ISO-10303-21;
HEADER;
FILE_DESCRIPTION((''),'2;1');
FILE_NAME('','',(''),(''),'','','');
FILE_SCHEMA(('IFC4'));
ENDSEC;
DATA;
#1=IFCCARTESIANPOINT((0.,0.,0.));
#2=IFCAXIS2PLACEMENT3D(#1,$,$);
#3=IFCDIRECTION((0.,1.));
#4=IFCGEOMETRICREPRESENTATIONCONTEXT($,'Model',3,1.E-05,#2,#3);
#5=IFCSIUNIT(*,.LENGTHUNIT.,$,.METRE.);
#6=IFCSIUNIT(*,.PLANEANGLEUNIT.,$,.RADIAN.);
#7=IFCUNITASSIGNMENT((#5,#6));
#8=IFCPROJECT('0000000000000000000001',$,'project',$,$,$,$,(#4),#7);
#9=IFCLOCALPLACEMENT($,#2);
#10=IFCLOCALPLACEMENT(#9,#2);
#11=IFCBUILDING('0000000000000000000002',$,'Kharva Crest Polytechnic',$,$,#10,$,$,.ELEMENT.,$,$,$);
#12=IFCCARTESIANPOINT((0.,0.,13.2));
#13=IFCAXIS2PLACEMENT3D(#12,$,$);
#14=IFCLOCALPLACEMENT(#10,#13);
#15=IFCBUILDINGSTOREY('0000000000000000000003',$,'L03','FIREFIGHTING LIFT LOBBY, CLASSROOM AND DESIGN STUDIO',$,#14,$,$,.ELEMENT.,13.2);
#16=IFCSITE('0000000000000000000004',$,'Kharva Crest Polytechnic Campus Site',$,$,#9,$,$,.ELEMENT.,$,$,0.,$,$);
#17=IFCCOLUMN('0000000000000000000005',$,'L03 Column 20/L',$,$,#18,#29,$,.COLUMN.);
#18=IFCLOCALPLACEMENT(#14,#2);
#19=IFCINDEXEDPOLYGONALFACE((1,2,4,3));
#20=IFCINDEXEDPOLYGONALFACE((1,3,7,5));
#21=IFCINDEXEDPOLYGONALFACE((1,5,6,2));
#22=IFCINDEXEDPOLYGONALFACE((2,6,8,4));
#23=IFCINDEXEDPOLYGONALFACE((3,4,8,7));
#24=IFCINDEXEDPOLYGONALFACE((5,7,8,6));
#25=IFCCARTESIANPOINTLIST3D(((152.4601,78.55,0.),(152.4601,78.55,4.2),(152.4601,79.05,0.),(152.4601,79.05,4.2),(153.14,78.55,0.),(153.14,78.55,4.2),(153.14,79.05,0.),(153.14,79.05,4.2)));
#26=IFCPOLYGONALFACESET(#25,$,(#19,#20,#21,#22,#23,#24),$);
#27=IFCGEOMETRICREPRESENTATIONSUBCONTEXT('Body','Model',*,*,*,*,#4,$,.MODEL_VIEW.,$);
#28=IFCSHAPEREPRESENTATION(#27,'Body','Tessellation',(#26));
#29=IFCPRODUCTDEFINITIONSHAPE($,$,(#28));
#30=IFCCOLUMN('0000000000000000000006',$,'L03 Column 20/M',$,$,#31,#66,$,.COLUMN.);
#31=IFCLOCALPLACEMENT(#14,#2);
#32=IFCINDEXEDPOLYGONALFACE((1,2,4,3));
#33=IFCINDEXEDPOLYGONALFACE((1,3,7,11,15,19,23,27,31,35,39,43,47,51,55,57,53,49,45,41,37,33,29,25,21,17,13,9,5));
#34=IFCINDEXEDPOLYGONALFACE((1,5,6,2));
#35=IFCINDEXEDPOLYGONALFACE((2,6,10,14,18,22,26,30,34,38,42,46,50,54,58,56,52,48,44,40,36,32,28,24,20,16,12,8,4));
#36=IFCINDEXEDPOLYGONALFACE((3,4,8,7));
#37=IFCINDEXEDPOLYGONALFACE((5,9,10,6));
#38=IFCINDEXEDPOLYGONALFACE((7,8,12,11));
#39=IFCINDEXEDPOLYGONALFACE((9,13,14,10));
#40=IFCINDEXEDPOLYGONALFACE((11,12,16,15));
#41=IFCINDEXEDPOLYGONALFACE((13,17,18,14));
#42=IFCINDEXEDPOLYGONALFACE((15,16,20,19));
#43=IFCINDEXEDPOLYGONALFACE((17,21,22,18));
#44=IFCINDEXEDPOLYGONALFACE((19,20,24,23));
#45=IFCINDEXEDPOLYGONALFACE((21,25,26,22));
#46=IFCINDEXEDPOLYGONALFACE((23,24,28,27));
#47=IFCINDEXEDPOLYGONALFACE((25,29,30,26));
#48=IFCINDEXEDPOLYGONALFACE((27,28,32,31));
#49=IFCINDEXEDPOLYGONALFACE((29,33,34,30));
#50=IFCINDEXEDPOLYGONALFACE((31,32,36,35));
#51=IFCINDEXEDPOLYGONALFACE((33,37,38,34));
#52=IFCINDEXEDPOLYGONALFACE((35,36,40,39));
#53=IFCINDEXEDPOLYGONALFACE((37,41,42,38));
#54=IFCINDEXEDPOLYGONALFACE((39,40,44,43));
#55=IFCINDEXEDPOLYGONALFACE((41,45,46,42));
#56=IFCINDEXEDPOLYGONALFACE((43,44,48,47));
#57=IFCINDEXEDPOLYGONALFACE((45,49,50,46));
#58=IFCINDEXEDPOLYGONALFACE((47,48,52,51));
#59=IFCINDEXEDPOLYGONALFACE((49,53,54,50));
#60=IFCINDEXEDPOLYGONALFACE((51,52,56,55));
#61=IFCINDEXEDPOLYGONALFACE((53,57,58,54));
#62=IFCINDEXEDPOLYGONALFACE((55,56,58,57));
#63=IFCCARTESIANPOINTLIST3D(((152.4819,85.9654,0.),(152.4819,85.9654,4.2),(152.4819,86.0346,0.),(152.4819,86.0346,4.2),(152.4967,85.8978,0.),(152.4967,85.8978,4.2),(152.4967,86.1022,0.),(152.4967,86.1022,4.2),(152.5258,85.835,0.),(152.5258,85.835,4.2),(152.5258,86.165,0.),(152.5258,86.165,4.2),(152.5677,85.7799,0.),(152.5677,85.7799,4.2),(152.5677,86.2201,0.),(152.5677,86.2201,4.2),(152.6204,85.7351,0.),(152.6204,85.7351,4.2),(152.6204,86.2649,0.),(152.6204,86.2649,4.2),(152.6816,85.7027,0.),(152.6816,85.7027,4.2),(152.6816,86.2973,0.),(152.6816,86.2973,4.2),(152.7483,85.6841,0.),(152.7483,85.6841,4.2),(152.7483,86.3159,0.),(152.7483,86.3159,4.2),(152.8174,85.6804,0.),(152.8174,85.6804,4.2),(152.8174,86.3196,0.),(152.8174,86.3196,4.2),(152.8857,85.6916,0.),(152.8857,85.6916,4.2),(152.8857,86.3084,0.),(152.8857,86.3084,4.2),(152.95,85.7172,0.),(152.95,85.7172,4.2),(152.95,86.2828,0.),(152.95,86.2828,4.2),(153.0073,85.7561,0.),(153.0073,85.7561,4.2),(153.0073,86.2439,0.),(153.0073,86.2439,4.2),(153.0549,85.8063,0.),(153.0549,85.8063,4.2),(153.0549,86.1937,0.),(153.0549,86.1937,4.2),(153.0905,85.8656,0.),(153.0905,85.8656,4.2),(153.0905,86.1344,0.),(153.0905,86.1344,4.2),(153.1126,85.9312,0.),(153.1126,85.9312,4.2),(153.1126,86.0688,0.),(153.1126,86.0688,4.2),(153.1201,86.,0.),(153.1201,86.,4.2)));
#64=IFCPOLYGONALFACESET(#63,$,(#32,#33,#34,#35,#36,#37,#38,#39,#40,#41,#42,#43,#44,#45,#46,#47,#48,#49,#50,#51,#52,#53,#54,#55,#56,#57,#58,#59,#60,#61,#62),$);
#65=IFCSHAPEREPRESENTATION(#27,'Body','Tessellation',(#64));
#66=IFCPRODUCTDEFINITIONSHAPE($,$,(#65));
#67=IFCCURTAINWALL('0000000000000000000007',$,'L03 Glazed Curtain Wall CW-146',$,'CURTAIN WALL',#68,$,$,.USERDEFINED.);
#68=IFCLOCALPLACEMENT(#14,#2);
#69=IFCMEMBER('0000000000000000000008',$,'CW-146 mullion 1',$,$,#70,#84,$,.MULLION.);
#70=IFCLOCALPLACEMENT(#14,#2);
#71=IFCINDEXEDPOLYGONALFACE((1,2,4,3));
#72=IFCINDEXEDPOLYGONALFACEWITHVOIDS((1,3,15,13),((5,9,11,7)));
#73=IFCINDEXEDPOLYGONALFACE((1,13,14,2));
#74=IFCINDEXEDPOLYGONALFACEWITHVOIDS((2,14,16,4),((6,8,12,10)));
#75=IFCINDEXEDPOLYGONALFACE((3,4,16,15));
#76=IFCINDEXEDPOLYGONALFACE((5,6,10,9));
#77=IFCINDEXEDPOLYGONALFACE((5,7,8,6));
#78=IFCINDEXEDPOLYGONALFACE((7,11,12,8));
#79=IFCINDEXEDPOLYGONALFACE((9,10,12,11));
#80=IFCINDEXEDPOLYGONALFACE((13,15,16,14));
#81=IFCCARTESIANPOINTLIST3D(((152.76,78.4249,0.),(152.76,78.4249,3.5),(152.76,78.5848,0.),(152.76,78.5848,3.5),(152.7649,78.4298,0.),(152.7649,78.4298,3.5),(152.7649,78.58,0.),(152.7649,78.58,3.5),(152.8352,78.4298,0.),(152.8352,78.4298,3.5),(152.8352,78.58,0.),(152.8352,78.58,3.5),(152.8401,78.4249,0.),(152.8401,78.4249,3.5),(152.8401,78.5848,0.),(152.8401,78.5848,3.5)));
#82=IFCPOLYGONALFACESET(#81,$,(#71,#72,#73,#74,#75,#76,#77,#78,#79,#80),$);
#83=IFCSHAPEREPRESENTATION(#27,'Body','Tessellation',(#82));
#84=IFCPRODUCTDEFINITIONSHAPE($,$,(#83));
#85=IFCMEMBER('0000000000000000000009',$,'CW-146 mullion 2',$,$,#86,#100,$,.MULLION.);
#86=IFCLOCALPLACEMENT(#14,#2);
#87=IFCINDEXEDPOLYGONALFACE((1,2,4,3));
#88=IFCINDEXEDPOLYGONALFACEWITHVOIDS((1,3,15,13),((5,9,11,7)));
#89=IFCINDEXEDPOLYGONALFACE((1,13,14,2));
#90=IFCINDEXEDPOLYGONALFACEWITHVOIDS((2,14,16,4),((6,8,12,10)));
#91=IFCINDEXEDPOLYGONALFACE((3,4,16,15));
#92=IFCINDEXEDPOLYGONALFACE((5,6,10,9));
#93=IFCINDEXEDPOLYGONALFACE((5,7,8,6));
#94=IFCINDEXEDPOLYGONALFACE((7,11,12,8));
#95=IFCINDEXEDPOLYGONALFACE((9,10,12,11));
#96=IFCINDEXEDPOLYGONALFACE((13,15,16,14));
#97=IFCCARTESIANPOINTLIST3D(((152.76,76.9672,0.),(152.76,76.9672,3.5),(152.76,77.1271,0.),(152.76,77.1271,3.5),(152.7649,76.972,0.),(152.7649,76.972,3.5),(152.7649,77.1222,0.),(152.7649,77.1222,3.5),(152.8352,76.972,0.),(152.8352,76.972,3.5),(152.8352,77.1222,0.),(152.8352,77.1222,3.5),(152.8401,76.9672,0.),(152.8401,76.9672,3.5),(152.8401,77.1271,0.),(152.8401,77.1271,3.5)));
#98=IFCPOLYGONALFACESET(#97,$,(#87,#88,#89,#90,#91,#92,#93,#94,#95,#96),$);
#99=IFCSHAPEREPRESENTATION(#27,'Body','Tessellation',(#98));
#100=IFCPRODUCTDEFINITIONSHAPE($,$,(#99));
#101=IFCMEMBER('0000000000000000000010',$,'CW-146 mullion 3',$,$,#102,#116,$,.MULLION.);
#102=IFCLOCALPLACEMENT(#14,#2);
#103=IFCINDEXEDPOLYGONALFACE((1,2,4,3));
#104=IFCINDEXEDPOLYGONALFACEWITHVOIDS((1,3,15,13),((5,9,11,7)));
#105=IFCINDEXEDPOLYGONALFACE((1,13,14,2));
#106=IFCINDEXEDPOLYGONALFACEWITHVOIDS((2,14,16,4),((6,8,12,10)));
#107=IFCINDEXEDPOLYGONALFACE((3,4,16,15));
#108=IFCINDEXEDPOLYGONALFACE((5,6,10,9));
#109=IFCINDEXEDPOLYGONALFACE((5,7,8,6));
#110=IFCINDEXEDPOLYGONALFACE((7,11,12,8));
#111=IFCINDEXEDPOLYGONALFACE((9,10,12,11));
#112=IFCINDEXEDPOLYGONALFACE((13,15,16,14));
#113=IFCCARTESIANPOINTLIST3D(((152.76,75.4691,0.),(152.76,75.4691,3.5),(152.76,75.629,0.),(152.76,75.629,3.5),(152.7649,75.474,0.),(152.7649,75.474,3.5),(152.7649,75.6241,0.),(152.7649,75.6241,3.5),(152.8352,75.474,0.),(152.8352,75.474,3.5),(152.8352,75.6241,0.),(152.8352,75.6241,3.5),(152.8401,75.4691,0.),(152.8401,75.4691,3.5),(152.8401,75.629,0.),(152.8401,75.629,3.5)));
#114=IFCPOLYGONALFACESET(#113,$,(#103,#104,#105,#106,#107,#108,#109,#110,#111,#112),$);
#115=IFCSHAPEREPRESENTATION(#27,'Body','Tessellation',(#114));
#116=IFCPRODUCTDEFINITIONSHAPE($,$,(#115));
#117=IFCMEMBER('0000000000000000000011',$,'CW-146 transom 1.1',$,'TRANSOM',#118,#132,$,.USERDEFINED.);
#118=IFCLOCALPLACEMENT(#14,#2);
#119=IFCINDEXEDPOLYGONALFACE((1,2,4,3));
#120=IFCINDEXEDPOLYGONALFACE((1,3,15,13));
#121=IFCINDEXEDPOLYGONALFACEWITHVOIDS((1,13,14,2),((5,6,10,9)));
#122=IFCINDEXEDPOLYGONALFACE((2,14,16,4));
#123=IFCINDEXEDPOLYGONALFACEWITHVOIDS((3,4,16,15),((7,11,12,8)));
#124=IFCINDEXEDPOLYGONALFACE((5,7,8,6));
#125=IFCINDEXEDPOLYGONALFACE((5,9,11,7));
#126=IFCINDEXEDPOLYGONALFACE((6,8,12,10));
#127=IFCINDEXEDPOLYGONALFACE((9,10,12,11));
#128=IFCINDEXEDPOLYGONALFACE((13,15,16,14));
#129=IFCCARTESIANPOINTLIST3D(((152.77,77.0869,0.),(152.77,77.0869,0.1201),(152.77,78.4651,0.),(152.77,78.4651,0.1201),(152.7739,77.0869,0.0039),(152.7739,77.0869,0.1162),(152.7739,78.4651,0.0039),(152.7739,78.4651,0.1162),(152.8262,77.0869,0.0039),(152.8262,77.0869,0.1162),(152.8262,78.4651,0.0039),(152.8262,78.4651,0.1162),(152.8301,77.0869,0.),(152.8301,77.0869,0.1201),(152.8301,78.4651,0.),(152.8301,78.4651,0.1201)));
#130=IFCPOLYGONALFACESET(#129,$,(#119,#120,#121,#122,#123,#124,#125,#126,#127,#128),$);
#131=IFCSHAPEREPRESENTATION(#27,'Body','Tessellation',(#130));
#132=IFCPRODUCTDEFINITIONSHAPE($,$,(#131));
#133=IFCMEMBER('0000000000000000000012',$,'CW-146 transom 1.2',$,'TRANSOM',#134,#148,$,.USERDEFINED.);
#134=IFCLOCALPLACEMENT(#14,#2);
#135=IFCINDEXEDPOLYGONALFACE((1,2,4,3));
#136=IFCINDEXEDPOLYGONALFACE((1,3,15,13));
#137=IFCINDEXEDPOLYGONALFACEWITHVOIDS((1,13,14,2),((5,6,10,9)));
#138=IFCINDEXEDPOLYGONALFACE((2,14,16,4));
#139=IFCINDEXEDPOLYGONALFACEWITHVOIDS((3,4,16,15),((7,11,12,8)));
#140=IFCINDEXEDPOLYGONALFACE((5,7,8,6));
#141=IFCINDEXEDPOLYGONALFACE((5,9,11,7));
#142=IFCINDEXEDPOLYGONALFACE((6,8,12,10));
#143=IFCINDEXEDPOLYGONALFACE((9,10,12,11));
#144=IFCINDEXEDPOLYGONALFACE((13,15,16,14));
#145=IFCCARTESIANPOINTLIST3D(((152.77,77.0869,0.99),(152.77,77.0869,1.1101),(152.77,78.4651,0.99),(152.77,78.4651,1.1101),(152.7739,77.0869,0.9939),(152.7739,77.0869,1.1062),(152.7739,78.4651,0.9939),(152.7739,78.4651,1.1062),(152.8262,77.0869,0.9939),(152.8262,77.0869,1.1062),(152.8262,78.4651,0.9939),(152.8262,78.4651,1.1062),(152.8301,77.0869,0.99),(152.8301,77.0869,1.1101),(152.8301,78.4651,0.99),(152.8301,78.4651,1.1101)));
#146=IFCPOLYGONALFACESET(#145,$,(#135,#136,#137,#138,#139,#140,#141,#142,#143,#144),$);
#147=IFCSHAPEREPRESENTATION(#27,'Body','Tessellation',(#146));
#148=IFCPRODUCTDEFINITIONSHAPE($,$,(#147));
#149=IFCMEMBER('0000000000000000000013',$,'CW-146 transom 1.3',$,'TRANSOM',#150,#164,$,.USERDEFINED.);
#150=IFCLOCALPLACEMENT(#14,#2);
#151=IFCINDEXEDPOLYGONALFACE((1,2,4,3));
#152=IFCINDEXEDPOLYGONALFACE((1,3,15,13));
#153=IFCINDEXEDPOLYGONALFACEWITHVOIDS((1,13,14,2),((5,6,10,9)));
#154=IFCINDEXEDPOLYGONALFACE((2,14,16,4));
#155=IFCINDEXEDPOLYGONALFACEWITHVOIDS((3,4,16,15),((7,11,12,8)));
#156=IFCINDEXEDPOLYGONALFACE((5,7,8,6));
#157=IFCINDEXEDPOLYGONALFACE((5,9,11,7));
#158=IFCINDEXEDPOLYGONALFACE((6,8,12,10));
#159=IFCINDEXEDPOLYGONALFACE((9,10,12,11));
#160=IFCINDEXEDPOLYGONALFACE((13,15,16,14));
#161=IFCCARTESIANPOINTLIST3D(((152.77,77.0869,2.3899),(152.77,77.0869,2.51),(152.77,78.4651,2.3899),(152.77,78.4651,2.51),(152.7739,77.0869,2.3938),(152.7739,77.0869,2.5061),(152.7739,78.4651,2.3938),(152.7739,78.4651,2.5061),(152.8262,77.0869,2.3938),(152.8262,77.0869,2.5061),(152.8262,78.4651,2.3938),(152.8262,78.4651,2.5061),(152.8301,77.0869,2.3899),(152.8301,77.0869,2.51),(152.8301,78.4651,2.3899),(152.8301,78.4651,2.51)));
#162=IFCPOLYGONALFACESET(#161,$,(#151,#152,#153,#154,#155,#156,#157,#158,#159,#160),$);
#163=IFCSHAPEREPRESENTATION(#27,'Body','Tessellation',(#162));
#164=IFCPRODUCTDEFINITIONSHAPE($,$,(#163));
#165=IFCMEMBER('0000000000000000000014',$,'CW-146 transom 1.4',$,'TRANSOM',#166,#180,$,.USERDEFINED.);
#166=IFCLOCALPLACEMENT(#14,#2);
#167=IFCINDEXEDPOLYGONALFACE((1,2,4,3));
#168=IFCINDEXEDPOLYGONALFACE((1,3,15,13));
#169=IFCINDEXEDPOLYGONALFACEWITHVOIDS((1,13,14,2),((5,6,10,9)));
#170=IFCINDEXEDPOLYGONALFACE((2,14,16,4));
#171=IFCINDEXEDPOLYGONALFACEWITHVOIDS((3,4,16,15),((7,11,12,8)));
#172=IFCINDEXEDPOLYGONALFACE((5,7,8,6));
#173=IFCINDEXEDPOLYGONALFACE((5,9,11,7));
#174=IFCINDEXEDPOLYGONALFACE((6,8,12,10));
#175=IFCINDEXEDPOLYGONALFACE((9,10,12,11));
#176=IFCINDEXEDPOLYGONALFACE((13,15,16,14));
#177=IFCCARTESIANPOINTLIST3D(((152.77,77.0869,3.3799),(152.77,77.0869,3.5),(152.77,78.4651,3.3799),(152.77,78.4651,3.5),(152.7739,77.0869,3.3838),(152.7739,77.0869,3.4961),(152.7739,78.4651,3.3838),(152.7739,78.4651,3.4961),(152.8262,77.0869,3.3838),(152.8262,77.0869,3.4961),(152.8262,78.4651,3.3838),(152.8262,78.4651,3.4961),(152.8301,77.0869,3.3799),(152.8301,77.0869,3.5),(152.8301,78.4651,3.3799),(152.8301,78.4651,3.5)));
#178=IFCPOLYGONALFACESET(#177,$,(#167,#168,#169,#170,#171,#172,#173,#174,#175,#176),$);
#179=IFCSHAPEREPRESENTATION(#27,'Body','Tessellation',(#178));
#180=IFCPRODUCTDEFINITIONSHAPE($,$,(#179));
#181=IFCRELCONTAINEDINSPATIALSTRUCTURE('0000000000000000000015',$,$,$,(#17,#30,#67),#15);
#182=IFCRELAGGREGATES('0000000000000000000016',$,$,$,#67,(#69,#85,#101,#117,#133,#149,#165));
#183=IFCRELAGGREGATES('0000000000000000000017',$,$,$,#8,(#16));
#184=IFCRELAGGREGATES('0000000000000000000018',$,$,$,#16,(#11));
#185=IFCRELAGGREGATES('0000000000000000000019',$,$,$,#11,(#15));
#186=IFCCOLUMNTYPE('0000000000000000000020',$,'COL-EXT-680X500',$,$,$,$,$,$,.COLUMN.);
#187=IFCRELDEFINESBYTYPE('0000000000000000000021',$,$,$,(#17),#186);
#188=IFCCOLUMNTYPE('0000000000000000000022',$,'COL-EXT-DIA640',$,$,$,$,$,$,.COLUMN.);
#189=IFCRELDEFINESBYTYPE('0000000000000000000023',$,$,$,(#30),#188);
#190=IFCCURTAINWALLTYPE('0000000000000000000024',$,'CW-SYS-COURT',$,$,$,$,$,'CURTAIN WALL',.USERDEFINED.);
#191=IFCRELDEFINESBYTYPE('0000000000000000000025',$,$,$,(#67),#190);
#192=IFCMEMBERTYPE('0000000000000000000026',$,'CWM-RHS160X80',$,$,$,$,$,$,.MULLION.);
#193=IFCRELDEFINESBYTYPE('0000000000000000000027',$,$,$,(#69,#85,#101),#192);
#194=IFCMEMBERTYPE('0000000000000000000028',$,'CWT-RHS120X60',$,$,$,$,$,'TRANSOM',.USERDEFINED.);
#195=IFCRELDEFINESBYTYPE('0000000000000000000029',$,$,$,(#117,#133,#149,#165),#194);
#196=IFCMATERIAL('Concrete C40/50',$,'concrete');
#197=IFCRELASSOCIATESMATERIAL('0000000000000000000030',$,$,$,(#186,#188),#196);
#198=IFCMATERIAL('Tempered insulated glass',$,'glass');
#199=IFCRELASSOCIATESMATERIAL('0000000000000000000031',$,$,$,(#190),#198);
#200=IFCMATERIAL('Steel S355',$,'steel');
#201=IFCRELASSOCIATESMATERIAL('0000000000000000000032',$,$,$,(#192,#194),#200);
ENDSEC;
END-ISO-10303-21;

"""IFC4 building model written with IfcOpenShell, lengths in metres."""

from ifc_helpers import new_model, si_unit, direction, frame, origin, origin_2d, place, context, subcontext, project, spatial, rectangle, hollow_rectangle, circle, extrude, material, material_profile, profile_set, type_object, element, aggregate, save


model = new_model("IFC4")

# Units and contexts
model_context = context("Model", 3, precision=1e-05, world=origin(), true_north=direction((0.0, 1.0)))
body_context = subcontext(model_context, "Body", "Model", "MODEL_VIEW")
ifc_project = project(units=[si_unit("LENGTHUNIT", "METRE"), si_unit("PLANEANGLEUNIT", "RADIAN")], contexts=[model_context])

# Site, building, storey
site_placement = place(None, origin())
site = spatial("IfcSite", under=ifc_project, at=site_placement, Name="Kharva Crest Polytechnic Campus Site", CompositionType="ELEMENT", RefElevation=0.0)
building_placement = place(site_placement, origin())
building = spatial("IfcBuilding", under=site, at=building_placement, Name="Kharva Crest Polytechnic", CompositionType="ELEMENT")
storey_placement = place(building_placement, frame((0.0, 0.0, 13.2)))
storey = spatial("IfcBuildingStorey", under=building, at=storey_placement, Name="L03", Description="FIREFIGHTING LIFT LOBBY, CLASSROOM AND DESIGN STUDIO", CompositionType="ELEMENT", Elevation=13.2)

# Columns
ifc_material_1 = material(Name="Concrete C40/50", Category="concrete")
ifc_material_profile_1 = material_profile(ifc_material_1, rectangle(XDim=0.6799, YDim=0.5, at=origin_2d()), Name="RECT 680 X 500")
ifc_profile_set_1 = profile_set([ifc_material_profile_1], Name="Concrete C40/50")
column_type_1 = type_object("IfcColumnType", Name="COL-EXT-680X500", PredefinedType="COLUMN", material=ifc_profile_set_1)
column_1_placement = place(storey_placement, frame((152.8, 78.8, 0.0), z_axis=(0.0, 0.0, 1.0), x_axis=(1.0, 0.0, 0.0)))
element("IfcColumn", 1, at=column_1_placement, inside=storey, type_object=column_type_1, Name="L03 Column 20/L", PredefinedType="COLUMN", context=body_context, shape_type="SweptSolid", body=[
    extrude(rectangle(XDim=0.6799, YDim=0.5, at=origin_2d()), origin(), (0.0, 0.0, 1.0), 4.2),
])
ifc_material_profile_2 = material_profile(ifc_material_1, circle(Radius=0.3201, at=origin_2d()), Name="DIA 640")
ifc_profile_set_2 = profile_set([ifc_material_profile_2], Name="Concrete C40/50")
column_type_2 = type_object("IfcColumnType", Name="COL-EXT-DIA640", PredefinedType="COLUMN", material=ifc_profile_set_2)
column_2_placement = place(storey_placement, frame((152.8, 86.0, 0.0), z_axis=(0.0, 0.0, 1.0), x_axis=(1.0, 0.0, 0.0)))
element("IfcColumn", 2, at=column_2_placement, inside=storey, type_object=column_type_2, Name="L03 Column 20/M", PredefinedType="COLUMN", context=body_context, shape_type="SweptSolid", body=[
    extrude(circle(Radius=0.3201, at=origin_2d()), origin(), (0.0, 0.0, 1.0), 4.2),
])

# Curtain wall, members
ifc_material_2 = material(Name="Tempered insulated glass", Category="glass")
curtain_wall_type = type_object("IfcCurtainWallType", Name="CW-SYS-COURT", ElementType="CURTAIN WALL", PredefinedType="USERDEFINED", material=ifc_material_2)
curtain_wall_placement = place(storey_placement, origin())
curtain_wall = element("IfcCurtainWall", 3, at=curtain_wall_placement, inside=storey, type_object=curtain_wall_type, Name="L03 Glazed Curtain Wall CW-146", ObjectType="CURTAIN WALL", PredefinedType="USERDEFINED")
ifc_material_3 = material(Name="Steel S355", Category="steel")
ifc_material_profile_3 = material_profile(ifc_material_3, hollow_rectangle(XDim=0.0801, YDim=0.1599, WallThickness=0.0049, at=origin_2d()), Name="RHS 160X80X5.0")
ifc_profile_set_3 = profile_set([ifc_material_profile_3], Name="Steel S355")
member_type_1 = type_object("IfcMemberType", Name="CWM-RHS160X80", PredefinedType="MULLION", material=ifc_profile_set_3)
member_1_placement = place(storey_placement, frame((152.8, 78.5049, 0.0), z_axis=(0.0, 0.0, 1.0), x_axis=(1.0, 0.0, 0.0)))
member_1 = element("IfcMember", 4, at=member_1_placement, type_object=member_type_1, Name="CW-146 mullion 1", PredefinedType="MULLION", context=body_context, shape_type="SweptSolid", body=[
    extrude(hollow_rectangle(XDim=0.0801, YDim=0.1599, WallThickness=0.0049, at=origin_2d()), origin(), (0.0, 0.0, 1.0), 3.5),
])
member_2_placement = place(storey_placement, frame((152.8, 77.0471, 0.0), z_axis=(0.0, 0.0, 1.0), x_axis=(1.0, 0.0, 0.0)))
member_2 = element("IfcMember", 5, at=member_2_placement, type_object=member_type_1, Name="CW-146 mullion 2", PredefinedType="MULLION", context=body_context, shape_type="SweptSolid", body=[
    extrude(hollow_rectangle(XDim=0.0801, YDim=0.1599, WallThickness=0.0049, at=origin_2d()), origin(), (0.0, 0.0, 1.0), 3.5),
])
member_3_placement = place(storey_placement, frame((152.8, 75.5491, 0.0), z_axis=(0.0, 0.0, 1.0), x_axis=(1.0, 0.0, 0.0)))
member_3 = element("IfcMember", 6, at=member_3_placement, type_object=member_type_1, Name="CW-146 mullion 3", PredefinedType="MULLION", context=body_context, shape_type="SweptSolid", body=[
    extrude(hollow_rectangle(XDim=0.0801, YDim=0.1599, WallThickness=0.0049, at=origin_2d()), origin(), (0.0, 0.0, 1.0), 3.5),
])
ifc_material_profile_4 = material_profile(ifc_material_3, hollow_rectangle(XDim=0.0601, YDim=0.1201, WallThickness=0.0039, at=origin_2d()), Name="RHS 120X60X4.0")
ifc_profile_set_4 = profile_set([ifc_material_profile_4], Name="Steel S355")
member_type_2 = type_object("IfcMemberType", Name="CWT-RHS120X60", ElementType="TRANSOM", PredefinedType="USERDEFINED", material=ifc_profile_set_4)
member_4_placement = place(storey_placement, frame((152.8, 78.4651, 0.0601), z_axis=(0.0, -1.0, 0.0), x_axis=(1.0, 0.0, 0.0)))
member_4 = element("IfcMember", 7, at=member_4_placement, type_object=member_type_2, Name="CW-146 transom 1.1", ObjectType="TRANSOM", PredefinedType="USERDEFINED", context=body_context, shape_type="SweptSolid", body=[
    extrude(hollow_rectangle(XDim=0.0601, YDim=0.1201, WallThickness=0.0039, at=origin_2d()), origin(), (0.0, 0.0, 1.0), 1.3782),
])
member_5_placement = place(storey_placement, frame((152.8, 78.4651, 1.05), z_axis=(0.0, -1.0, 0.0), x_axis=(1.0, 0.0, 0.0)))
member_5 = element("IfcMember", 8, at=member_5_placement, type_object=member_type_2, Name="CW-146 transom 1.2", ObjectType="TRANSOM", PredefinedType="USERDEFINED", context=body_context, shape_type="SweptSolid", body=[
    extrude(hollow_rectangle(XDim=0.0601, YDim=0.1201, WallThickness=0.0039, at=origin_2d()), origin(), (0.0, 0.0, 1.0), 1.3782),
])
member_6_placement = place(storey_placement, frame((152.8, 78.4651, 2.45), z_axis=(0.0, -1.0, 0.0), x_axis=(1.0, 0.0, 0.0)))
member_6 = element("IfcMember", 9, at=member_6_placement, type_object=member_type_2, Name="CW-146 transom 1.3", ObjectType="TRANSOM", PredefinedType="USERDEFINED", context=body_context, shape_type="SweptSolid", body=[
    extrude(hollow_rectangle(XDim=0.0601, YDim=0.1201, WallThickness=0.0039, at=origin_2d()), origin(), (0.0, 0.0, 1.0), 1.3782),
])
member_7_placement = place(storey_placement, frame((152.8, 78.4651, 3.4399), z_axis=(0.0, -1.0, 0.0), x_axis=(1.0, 0.0, 0.0)))
member_7 = element("IfcMember", 10, at=member_7_placement, type_object=member_type_2, Name="CW-146 transom 1.4", ObjectType="TRANSOM", PredefinedType="USERDEFINED", context=body_context, shape_type="SweptSolid", body=[
    extrude(hollow_rectangle(XDim=0.0601, YDim=0.1201, WallThickness=0.0039, at=origin_2d()), origin(), (0.0, 0.0, 1.0), 1.3782),
])

aggregate(curtain_wall, [member_1, member_2, member_3, member_4, member_5, member_6, member_7])

save(model, "model.ifc")
